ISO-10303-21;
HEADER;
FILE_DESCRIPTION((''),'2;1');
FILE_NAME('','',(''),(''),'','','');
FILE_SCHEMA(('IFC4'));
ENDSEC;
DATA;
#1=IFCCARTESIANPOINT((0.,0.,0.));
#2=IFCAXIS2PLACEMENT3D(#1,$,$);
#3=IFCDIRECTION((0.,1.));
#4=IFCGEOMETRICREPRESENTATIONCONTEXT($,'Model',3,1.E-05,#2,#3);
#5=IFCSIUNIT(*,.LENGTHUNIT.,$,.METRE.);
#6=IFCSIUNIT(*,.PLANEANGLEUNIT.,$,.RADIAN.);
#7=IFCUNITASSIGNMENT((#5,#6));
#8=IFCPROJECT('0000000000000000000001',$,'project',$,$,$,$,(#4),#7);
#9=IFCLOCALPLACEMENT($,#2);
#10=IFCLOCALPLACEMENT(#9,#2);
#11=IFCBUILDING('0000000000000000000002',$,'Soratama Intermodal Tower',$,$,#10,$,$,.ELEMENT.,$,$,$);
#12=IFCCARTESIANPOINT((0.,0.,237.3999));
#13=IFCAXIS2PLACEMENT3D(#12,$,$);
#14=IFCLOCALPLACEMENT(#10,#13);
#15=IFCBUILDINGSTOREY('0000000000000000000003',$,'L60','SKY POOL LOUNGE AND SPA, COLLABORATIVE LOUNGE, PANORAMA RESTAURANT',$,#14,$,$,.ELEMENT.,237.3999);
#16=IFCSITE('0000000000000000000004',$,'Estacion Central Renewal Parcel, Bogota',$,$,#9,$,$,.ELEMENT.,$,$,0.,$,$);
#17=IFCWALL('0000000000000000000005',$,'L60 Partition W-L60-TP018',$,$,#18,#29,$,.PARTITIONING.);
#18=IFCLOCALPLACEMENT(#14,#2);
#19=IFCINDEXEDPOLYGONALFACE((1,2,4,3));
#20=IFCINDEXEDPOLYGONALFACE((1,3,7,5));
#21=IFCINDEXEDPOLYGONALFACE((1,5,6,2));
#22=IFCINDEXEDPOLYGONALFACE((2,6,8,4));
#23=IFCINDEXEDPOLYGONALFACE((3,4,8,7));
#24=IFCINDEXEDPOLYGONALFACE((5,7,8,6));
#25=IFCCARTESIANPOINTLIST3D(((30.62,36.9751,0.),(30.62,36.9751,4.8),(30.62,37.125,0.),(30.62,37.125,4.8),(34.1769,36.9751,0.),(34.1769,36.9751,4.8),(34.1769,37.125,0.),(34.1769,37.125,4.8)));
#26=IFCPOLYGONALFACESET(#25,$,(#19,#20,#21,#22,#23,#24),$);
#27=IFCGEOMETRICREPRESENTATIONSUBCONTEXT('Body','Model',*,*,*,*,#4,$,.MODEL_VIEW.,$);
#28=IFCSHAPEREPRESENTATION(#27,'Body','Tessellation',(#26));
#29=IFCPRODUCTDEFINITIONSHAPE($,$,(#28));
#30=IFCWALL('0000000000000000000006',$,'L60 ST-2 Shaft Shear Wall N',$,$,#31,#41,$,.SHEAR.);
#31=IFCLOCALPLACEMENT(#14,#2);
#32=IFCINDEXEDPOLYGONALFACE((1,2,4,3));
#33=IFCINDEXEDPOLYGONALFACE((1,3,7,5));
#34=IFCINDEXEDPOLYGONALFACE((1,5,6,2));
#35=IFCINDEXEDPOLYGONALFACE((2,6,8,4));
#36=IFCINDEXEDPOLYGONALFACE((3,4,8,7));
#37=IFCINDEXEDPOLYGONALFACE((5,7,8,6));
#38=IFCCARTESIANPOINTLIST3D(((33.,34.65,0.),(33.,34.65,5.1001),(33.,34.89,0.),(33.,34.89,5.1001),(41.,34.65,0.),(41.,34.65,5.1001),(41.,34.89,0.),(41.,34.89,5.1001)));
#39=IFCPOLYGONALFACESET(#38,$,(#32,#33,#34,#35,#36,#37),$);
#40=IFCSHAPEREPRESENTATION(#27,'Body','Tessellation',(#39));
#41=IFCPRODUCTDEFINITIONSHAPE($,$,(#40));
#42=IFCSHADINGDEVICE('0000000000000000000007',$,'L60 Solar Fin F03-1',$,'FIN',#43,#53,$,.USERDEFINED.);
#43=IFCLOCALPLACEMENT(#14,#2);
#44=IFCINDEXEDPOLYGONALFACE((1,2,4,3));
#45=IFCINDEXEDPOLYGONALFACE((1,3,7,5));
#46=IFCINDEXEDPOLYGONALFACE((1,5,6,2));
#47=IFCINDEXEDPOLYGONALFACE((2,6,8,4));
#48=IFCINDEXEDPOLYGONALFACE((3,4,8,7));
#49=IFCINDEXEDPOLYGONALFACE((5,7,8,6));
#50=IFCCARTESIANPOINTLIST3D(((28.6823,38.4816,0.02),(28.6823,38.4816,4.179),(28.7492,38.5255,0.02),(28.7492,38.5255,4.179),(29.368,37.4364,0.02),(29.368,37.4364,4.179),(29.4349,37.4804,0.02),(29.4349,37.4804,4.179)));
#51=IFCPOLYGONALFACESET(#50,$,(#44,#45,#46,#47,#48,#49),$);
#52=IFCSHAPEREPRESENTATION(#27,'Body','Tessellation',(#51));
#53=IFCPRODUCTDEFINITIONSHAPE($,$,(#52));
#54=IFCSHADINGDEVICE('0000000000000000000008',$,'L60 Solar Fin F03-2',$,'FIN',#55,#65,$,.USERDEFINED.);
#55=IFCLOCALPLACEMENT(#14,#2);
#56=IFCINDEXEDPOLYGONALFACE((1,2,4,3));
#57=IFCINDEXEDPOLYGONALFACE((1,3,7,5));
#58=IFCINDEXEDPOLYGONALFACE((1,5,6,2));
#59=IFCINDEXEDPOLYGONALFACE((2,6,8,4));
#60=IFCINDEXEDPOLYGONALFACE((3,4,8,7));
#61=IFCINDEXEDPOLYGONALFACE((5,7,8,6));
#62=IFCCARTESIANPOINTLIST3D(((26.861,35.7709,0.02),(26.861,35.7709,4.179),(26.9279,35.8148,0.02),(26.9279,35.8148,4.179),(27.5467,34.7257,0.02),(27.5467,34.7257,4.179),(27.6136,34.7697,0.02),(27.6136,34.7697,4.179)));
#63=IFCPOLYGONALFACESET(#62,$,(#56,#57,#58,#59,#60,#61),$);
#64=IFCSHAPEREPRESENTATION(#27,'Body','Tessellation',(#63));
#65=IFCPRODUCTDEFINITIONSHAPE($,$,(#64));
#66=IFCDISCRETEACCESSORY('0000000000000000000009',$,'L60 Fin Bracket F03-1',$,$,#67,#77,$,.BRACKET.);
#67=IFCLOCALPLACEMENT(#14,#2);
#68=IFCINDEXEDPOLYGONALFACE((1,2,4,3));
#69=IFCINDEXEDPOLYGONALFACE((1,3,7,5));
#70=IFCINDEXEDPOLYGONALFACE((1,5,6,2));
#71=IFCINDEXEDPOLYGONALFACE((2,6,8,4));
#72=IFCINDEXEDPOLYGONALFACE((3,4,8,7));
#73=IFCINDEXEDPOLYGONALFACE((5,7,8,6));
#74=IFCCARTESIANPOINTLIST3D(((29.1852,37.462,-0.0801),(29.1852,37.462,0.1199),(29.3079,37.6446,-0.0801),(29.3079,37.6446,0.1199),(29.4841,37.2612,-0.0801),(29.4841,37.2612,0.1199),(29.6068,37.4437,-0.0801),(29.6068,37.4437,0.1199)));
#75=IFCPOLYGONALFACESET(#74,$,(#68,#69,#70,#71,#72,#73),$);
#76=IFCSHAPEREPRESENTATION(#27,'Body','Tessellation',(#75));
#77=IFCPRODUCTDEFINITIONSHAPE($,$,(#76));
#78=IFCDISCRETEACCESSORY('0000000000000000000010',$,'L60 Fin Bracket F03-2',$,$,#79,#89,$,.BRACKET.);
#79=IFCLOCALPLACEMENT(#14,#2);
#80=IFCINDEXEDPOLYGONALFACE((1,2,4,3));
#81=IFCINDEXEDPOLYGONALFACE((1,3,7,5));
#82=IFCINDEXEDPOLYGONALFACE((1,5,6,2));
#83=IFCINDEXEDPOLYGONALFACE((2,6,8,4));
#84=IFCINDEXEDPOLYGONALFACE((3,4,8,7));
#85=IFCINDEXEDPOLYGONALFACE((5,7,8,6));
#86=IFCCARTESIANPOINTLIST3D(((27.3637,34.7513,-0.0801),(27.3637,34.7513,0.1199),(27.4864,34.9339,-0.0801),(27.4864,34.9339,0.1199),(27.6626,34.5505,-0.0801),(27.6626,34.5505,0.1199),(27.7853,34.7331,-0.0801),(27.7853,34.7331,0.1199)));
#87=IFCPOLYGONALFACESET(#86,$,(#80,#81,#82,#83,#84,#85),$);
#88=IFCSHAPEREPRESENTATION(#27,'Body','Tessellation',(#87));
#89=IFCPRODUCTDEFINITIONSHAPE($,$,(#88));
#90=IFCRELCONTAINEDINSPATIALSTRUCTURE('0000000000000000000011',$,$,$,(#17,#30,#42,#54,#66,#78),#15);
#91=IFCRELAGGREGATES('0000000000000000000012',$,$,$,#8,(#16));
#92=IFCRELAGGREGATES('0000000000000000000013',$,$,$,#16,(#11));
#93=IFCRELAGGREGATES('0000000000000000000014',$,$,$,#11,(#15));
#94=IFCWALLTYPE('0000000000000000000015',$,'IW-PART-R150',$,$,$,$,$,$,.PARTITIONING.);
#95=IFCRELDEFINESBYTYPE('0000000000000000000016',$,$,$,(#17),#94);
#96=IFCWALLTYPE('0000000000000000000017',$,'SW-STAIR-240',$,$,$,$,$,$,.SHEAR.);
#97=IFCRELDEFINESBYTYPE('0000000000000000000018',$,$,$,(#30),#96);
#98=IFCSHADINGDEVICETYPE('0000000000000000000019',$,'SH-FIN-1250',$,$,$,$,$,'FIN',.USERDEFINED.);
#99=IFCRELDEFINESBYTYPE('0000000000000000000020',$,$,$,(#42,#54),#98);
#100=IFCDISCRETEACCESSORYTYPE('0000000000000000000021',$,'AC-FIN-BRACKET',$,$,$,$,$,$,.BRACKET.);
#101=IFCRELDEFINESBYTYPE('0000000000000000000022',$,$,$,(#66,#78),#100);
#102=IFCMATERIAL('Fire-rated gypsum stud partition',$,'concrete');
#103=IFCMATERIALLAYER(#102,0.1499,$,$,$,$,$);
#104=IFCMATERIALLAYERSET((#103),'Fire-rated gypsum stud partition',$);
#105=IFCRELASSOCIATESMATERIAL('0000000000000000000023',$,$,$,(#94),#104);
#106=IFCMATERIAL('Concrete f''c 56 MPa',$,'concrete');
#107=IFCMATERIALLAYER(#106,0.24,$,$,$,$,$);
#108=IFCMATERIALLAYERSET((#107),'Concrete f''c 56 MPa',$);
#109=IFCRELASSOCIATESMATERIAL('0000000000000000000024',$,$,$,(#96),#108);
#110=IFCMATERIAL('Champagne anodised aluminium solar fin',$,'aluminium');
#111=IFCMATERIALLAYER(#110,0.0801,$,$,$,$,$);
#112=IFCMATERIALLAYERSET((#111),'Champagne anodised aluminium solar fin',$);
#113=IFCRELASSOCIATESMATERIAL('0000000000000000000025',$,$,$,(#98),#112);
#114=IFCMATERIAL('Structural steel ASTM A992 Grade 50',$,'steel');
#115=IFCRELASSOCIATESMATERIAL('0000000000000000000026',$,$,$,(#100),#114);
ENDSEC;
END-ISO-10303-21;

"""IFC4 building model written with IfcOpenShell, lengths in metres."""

from ifc_helpers import new_model, si_unit, direction, frame, frame_2d, origin, origin_2d, place, context, subcontext, project, spatial, rectangle, extrude, material, layer, layer_set, type_object, element, save


model = new_model("IFC4")

# Units and contexts
model_context = context("Model", 3, precision=1e-05, world=origin(), true_north=direction((0.0, 1.0)))
body_context = subcontext(model_context, "Body", "Model", "MODEL_VIEW")
ifc_project = project(units=[si_unit("LENGTHUNIT", "METRE"), si_unit("PLANEANGLEUNIT", "RADIAN")], contexts=[model_context])

# Site, building, storey
site_placement = place(None, origin())
site = spatial("IfcSite", under=ifc_project, at=site_placement, Name="Estacion Central Renewal Parcel, Bogota", CompositionType="ELEMENT", RefElevation=0.0)
building_placement = place(site_placement, origin())
building = spatial("IfcBuilding", under=site, at=building_placement, Name="Soratama Intermodal Tower", CompositionType="ELEMENT")
storey_placement = place(building_placement, frame((0.0, 0.0, 237.3999)))
storey = spatial("IfcBuildingStorey", under=building, at=storey_placement, Name="L60", Description="SKY POOL LOUNGE AND SPA, COLLABORATIVE LOUNGE, PANORAMA RESTAURANT", CompositionType="ELEMENT", Elevation=237.3999)

# Walls
ifc_material_1 = material(Name="Fire-rated gypsum stud partition", Category="concrete")
ifc_layer_1 = layer(ifc_material_1, 0.1499)
ifc_layer_set_1 = layer_set([ifc_layer_1], Name="Fire-rated gypsum stud partition")
wall_type_1 = type_object("IfcWallType", Name="IW-PART-R150", PredefinedType="PARTITIONING", material=ifc_layer_set_1)
wall_1_placement = place(storey_placement, frame((30.6201, 37.05, 0.0), z_axis=(0.0, 0.0, 1.0), x_axis=(1.0, 0.0, 0.0)))
element("IfcWall", 1, at=wall_1_placement, inside=storey, type_object=wall_type_1, Name="L60 Partition W-L60-TP018", PredefinedType="PARTITIONING", context=body_context, shape_type="SweptSolid", body=[
    extrude(rectangle(XDim=3.5569, YDim=0.1499, at=frame_2d((1.7783, 0.0))), origin(), (0.0, 0.0, 1.0), 4.8),
])
ifc_material_2 = material(Name="Concrete f'c 56 MPa", Category="concrete")
ifc_layer_2 = layer(ifc_material_2, 0.24)
ifc_layer_set_2 = layer_set([ifc_layer_2], Name="Concrete f'c 56 MPa")
wall_type_2 = type_object("IfcWallType", Name="SW-STAIR-240", PredefinedType="SHEAR", material=ifc_layer_set_2)
wall_2_placement = place(storey_placement, frame((33.0, 34.77, 0.0), z_axis=(0.0, 0.0, 1.0), x_axis=(1.0, 0.0, 0.0)))
element("IfcWall", 2, at=wall_2_placement, inside=storey, type_object=wall_type_2, Name="L60 ST-2 Shaft Shear Wall N", PredefinedType="SHEAR", context=body_context, shape_type="SweptSolid", body=[
    extrude(rectangle(XDim=8.0, YDim=0.24, at=frame_2d((4.0, 0.0))), origin(), (0.0, 0.0, 1.0), 5.1001),
])

# Shading devices
ifc_material_3 = material(Name="Champagne anodised aluminium solar fin", Category="aluminium")
ifc_layer_3 = layer(ifc_material_3, 0.0801)
ifc_layer_set_3 = layer_set([ifc_layer_3], Name="Champagne anodised aluminium solar fin")
shading_device_type = type_object("IfcShadingDeviceType", Name="SH-FIN-1250", ElementType="FIN", PredefinedType="USERDEFINED", material=ifc_layer_set_3)
for number, where, z_axis, x_axis, name in (
    (3, (29.0586, 37.981, 0.02), (0.0, 0.0, 1.0), (-0.548585, 0.836095, 0.0), "L60 Solar Fin F03-1"),
    (4, (27.2373, 35.2703, 0.02), (0.0, 0.0, 1.0), (-0.548585, 0.836095, 0.0), "L60 Solar Fin F03-2"),
):
    element("IfcShadingDevice", number, at=place(storey_placement, frame(where, z_axis=z_axis, x_axis=x_axis)), inside=storey, type_object=shading_device_type, Name=name, ObjectType="FIN", PredefinedType="USERDEFINED", context=body_context, shape_type="SweptSolid", body=[
        extrude(rectangle(XDim=1.25, YDim=0.0801, at=origin_2d()), origin(), (0.0, 0.0, 1.0), 4.1589),
    ])

# Discrete accessories
ifc_material_4 = material(Name="Structural steel ASTM A992 Grade 50", Category="steel")
discrete_accessory_type = type_object("IfcDiscreteAccessoryType", Name="AC-FIN-BRACKET", PredefinedType="BRACKET", material=ifc_material_4)
for number, where, z_axis, x_axis, name in (
    (5, (29.396, 37.4529, -0.0801), (0.0, 0.0, 1.0), (-0.830012, 0.557745, 0.0), "L60 Fin Bracket F03-1"),
    (6, (27.5745, 34.7422, -0.0801), (0.0, 0.0, 1.0), (-0.830012, 0.557745, 0.0), "L60 Fin Bracket F03-2"),
):
    element("IfcDiscreteAccessory", number, at=place(storey_placement, frame(where, z_axis=z_axis, x_axis=x_axis)), inside=storey, type_object=discrete_accessory_type, Name=name, PredefinedType="BRACKET", context=body_context, shape_type="SweptSolid", body=[
        extrude(rectangle(XDim=0.3601, YDim=0.22, at=origin_2d()), origin(), (0.0, 0.0, 1.0), 0.2),
    ])

save(model, "model.ifc")
